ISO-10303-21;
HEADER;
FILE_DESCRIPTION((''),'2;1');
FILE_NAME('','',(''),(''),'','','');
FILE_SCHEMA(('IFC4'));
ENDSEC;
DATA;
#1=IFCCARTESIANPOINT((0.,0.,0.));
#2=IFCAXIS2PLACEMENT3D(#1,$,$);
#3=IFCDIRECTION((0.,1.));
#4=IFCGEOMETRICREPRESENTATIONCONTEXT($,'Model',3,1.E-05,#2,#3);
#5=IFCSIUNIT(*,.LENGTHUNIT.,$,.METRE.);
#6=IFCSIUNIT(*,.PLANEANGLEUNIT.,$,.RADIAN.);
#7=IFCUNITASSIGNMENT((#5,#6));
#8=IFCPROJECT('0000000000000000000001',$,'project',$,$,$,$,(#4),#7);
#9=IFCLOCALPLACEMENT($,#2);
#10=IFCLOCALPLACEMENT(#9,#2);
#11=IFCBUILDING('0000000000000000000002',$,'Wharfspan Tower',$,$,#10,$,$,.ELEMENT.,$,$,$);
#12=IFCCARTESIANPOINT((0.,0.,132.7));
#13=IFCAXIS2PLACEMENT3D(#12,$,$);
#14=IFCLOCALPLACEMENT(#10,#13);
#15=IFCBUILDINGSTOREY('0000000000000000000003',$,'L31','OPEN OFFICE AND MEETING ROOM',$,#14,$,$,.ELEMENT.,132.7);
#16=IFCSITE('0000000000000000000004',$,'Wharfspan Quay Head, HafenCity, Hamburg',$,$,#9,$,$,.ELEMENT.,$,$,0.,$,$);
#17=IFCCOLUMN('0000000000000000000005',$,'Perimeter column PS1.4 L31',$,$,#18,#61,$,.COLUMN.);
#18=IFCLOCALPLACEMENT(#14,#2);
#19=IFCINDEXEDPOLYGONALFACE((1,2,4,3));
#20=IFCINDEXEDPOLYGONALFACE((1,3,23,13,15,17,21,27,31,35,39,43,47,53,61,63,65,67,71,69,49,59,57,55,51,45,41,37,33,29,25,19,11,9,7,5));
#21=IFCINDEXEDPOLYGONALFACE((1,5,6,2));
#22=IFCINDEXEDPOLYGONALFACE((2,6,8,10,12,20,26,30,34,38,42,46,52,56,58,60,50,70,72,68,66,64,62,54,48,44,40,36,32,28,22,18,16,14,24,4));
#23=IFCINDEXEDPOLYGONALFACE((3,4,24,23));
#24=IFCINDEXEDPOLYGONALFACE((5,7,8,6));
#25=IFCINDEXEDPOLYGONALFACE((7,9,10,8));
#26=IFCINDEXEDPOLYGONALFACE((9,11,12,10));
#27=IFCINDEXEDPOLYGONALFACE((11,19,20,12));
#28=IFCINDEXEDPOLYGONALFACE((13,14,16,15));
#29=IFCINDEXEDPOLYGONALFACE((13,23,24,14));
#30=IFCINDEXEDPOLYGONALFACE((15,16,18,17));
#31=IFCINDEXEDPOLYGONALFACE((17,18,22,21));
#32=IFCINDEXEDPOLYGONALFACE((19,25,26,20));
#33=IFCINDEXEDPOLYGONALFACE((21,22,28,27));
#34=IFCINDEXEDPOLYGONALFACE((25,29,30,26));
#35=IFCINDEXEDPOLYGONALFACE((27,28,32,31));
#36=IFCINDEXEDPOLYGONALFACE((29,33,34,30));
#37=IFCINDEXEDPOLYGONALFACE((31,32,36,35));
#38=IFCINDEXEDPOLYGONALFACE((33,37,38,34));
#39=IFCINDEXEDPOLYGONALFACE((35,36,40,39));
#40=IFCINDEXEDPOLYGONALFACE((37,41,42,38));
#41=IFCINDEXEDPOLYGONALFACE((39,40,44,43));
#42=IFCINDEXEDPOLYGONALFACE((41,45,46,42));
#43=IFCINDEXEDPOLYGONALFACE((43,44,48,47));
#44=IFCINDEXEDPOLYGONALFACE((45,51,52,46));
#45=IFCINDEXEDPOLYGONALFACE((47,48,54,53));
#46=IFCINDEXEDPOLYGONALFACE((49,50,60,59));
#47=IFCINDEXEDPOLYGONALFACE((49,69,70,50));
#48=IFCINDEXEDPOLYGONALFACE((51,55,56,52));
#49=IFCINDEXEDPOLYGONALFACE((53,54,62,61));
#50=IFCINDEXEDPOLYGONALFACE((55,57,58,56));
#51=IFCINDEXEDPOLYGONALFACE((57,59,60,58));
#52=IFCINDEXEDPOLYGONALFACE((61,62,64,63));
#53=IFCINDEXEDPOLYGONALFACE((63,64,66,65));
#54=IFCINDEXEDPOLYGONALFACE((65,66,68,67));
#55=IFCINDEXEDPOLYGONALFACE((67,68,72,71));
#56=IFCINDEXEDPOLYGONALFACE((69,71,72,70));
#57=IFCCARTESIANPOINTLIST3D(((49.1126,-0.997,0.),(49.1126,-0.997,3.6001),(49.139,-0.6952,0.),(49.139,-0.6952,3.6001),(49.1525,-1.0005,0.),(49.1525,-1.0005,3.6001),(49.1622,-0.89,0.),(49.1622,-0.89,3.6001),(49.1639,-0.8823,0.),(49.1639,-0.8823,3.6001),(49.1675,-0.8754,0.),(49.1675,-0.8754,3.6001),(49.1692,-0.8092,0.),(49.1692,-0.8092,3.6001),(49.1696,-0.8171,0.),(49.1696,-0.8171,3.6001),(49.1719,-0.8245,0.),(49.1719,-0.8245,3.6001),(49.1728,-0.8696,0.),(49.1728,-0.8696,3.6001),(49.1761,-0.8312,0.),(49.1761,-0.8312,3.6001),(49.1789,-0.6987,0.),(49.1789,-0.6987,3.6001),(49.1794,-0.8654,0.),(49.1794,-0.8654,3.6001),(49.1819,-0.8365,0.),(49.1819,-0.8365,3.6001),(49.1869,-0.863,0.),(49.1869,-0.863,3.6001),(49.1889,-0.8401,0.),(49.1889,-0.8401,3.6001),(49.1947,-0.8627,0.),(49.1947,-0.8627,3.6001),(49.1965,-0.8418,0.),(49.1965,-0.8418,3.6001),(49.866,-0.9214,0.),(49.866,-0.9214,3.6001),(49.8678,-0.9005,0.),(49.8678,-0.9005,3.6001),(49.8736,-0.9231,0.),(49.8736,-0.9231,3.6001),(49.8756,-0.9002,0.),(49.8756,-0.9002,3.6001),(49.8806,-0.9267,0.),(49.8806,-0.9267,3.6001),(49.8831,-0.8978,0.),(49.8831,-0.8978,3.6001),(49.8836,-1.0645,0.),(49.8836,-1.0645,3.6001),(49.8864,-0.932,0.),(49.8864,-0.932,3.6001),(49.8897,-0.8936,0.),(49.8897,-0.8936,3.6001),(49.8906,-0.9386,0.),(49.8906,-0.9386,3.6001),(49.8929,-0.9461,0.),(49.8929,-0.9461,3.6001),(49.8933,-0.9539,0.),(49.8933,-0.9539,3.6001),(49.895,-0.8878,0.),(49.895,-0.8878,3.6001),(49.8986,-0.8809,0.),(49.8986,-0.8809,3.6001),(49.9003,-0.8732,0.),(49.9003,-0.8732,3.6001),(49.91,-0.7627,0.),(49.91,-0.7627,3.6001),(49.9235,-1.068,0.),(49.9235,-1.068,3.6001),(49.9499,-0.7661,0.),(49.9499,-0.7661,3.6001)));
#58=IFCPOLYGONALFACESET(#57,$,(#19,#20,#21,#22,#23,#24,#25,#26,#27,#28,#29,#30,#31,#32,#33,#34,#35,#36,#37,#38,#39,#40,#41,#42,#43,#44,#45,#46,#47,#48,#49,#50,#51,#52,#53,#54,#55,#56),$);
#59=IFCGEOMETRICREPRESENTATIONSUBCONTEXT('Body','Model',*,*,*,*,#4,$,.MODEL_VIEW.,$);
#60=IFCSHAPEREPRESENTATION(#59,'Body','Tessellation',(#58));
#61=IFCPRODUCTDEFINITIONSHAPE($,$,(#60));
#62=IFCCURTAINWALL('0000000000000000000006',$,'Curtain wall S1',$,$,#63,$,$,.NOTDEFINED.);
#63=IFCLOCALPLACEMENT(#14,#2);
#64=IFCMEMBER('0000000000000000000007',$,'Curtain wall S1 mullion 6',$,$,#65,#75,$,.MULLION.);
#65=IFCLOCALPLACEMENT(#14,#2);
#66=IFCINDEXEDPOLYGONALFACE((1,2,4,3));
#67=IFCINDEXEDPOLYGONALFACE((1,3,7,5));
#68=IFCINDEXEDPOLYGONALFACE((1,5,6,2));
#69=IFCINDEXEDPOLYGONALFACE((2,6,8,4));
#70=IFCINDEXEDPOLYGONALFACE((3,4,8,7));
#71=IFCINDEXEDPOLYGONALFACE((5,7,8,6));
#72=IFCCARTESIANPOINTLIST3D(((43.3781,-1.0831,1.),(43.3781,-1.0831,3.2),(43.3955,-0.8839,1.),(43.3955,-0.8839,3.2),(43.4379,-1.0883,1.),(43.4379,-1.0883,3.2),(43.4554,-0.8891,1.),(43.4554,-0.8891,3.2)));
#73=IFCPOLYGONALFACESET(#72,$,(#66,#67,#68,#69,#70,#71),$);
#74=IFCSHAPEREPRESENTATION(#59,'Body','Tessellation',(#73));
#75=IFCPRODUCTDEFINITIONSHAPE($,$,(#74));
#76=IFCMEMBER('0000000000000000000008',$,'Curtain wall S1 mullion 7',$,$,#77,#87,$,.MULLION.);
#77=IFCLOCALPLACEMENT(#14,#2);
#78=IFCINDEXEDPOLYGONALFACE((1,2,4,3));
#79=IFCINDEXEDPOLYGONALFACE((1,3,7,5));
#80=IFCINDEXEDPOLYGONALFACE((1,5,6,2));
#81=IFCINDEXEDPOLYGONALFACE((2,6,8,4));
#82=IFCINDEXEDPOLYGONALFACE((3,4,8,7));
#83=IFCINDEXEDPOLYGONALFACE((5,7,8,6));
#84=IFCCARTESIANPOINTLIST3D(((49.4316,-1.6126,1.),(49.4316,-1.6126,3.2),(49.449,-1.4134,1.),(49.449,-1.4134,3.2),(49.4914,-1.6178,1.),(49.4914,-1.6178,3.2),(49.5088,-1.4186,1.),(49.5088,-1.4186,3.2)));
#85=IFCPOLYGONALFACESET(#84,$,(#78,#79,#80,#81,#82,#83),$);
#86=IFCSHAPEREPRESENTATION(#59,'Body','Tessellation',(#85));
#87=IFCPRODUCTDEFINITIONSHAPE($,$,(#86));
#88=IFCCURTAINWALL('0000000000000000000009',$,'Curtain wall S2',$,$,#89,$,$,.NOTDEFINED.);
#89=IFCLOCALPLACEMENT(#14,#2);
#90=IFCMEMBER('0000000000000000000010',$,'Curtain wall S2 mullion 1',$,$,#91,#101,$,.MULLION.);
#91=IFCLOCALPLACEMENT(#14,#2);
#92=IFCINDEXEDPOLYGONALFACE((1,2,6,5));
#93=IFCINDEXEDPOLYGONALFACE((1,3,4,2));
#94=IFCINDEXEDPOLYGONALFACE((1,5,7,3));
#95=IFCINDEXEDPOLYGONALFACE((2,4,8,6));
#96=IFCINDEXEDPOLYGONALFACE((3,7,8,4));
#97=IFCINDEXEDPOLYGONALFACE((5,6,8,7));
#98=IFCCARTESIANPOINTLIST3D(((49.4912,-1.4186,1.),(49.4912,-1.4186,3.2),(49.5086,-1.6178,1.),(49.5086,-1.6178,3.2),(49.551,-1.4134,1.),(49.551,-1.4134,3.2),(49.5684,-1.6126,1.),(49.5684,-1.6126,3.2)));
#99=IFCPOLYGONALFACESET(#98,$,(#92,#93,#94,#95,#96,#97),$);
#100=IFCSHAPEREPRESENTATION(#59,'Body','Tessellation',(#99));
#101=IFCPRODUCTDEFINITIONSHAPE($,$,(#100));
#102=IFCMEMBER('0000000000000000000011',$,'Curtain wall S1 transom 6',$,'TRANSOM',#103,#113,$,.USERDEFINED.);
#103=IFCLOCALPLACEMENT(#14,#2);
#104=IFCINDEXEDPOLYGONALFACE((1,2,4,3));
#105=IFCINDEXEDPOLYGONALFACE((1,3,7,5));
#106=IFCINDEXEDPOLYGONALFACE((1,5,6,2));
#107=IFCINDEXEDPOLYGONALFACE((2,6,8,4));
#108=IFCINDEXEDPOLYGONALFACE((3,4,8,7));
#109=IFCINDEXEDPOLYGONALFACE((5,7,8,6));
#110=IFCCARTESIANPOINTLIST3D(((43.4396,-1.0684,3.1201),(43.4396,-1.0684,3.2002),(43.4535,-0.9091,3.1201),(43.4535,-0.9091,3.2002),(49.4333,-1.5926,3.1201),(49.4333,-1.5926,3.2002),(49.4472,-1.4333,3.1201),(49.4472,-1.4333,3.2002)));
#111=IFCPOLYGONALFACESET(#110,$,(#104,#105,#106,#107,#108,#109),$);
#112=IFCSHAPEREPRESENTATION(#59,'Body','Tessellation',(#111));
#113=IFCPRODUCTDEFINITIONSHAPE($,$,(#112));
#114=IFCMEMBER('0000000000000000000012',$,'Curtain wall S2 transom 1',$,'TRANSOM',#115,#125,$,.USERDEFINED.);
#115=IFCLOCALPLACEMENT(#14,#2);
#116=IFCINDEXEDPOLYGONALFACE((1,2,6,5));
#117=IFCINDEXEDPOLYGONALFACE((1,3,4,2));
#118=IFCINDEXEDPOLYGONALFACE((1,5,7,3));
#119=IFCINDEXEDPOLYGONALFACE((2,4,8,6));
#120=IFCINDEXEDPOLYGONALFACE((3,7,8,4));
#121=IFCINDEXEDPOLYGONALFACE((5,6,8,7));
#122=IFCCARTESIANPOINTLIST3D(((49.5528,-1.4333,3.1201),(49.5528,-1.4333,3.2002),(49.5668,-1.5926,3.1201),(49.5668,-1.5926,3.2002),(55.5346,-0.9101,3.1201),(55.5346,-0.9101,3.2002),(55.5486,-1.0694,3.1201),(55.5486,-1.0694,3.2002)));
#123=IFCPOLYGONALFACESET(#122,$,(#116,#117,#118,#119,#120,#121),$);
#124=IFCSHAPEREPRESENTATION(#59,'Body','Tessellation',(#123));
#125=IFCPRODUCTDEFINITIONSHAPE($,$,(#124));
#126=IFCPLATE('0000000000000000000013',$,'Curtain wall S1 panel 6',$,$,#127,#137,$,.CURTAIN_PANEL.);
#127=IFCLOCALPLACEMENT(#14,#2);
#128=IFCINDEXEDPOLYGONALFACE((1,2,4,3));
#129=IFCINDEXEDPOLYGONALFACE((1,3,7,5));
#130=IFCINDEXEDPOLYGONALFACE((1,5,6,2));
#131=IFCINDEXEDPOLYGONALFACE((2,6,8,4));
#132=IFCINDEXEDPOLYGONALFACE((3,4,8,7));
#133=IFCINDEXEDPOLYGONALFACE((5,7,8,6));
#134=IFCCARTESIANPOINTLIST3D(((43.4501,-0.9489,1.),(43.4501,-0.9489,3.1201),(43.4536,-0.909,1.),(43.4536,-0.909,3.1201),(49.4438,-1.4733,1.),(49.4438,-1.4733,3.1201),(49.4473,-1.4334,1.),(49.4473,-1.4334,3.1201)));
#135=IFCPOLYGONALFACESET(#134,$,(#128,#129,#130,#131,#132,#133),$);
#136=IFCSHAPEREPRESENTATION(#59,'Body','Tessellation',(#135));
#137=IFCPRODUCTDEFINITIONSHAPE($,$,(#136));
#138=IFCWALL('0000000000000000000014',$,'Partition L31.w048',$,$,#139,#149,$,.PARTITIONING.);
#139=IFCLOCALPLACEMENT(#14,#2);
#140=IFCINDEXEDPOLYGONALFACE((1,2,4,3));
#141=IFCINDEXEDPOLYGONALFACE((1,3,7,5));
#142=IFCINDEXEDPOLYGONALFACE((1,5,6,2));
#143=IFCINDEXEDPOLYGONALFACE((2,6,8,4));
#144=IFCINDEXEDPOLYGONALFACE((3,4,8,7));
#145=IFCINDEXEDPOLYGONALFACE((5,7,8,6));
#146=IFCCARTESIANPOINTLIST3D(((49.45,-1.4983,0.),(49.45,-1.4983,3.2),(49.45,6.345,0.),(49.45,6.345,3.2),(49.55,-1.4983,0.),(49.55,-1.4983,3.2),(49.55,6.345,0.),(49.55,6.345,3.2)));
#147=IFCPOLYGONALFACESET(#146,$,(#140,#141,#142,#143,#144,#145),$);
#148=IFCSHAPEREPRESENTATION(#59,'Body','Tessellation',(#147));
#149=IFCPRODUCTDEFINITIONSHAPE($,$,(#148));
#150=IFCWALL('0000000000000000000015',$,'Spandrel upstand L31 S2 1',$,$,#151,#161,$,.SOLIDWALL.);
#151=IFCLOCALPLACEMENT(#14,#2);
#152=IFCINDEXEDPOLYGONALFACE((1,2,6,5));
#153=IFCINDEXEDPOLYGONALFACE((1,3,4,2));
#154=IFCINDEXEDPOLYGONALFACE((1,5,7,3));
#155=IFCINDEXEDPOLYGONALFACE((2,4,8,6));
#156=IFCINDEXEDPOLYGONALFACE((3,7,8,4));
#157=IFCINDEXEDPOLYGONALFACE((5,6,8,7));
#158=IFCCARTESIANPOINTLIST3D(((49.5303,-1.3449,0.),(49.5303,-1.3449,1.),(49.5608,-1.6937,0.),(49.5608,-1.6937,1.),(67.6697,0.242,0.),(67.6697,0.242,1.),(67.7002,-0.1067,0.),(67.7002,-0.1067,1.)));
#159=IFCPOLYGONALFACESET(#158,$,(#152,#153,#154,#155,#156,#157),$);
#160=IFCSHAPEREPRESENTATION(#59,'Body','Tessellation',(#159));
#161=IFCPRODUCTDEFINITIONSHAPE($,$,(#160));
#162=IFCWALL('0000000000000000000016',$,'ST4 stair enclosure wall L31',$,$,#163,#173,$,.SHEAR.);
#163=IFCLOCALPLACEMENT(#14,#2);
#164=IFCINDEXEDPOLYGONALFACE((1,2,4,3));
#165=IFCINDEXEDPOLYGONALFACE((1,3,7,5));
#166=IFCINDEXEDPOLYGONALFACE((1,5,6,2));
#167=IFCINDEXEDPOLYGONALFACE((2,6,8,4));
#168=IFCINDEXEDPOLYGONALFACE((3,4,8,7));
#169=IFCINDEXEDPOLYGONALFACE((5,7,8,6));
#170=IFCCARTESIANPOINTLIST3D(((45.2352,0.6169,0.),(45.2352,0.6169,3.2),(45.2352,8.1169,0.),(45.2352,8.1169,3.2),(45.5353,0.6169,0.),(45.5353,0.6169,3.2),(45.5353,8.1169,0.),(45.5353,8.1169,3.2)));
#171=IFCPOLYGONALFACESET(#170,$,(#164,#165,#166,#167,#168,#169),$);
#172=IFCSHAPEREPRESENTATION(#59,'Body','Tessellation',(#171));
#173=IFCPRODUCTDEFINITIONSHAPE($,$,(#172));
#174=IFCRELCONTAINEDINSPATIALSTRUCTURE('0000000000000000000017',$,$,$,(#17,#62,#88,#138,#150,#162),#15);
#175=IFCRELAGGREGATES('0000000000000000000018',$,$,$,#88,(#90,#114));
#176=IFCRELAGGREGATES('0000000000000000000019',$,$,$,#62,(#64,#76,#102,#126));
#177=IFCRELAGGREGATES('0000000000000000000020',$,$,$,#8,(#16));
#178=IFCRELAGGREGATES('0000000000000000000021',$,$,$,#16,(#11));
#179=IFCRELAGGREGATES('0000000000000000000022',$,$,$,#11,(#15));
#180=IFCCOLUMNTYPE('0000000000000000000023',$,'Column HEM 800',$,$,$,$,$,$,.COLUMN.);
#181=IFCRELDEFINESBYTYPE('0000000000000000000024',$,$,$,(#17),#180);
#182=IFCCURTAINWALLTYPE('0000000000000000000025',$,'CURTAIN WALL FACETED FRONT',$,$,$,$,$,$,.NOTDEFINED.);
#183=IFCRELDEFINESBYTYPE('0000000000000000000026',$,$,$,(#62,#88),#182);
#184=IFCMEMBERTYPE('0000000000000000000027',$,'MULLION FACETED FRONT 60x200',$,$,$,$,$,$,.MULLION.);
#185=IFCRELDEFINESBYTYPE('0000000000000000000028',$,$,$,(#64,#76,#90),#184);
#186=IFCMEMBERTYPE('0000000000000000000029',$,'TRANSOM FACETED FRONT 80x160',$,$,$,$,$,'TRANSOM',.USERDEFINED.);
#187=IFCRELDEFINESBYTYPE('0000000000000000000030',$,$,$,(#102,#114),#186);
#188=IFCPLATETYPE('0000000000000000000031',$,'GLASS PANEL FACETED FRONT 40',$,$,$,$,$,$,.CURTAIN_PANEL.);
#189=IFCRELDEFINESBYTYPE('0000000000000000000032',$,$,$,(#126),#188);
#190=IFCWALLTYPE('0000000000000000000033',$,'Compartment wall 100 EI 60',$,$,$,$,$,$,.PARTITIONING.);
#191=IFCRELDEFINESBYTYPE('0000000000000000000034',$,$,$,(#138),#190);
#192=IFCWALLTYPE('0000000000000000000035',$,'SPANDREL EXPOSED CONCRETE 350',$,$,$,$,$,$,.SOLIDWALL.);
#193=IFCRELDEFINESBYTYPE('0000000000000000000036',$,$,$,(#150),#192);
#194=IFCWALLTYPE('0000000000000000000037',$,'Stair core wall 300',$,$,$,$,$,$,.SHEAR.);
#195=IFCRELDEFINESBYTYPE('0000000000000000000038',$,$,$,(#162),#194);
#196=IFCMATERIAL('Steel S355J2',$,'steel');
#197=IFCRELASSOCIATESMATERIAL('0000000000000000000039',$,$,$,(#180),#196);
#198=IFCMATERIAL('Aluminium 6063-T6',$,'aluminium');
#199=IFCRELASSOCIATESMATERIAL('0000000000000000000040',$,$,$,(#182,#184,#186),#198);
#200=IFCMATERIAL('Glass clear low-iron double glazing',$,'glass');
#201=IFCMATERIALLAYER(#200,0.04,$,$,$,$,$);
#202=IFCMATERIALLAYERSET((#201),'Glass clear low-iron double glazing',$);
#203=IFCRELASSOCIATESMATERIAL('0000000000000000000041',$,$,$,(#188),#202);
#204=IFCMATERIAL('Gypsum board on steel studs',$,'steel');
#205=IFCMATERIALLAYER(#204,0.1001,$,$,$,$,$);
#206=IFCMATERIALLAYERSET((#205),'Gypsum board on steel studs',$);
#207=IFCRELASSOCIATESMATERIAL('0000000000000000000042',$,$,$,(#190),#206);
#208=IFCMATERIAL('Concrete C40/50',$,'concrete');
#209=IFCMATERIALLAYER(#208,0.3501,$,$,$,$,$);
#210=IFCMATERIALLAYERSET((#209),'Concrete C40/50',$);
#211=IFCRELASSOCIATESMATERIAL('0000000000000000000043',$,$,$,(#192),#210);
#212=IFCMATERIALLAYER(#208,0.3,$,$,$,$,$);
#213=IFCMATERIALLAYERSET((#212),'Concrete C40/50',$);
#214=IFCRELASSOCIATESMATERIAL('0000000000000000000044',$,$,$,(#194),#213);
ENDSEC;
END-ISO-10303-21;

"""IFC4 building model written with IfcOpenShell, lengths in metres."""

from ifc_helpers import new_model, si_unit, direction, frame, frame_2d, origin, origin_2d, place, context, subcontext, project, spatial, rectangle, i_section, extrude, material, layer, layer_set, material_profile, profile_set, type_object, element, aggregate, save


model = new_model("IFC4")

# Units and contexts
model_context = context("Model", 3, precision=1e-05, world=origin(), true_north=direction((0.0, 1.0)))
body_context = subcontext(model_context, "Body", "Model", "MODEL_VIEW")
ifc_project = project(units=[si_unit("LENGTHUNIT", "METRE"), si_unit("PLANEANGLEUNIT", "RADIAN")], contexts=[model_context])

# Site, building, storey
site_placement = place(None, origin())
site = spatial("IfcSite", under=ifc_project, at=site_placement, Name="Wharfspan Quay Head, HafenCity, Hamburg", CompositionType="ELEMENT", RefElevation=0.0)
building_placement = place(site_placement, origin())
building = spatial("IfcBuilding", under=site, at=building_placement, Name="Wharfspan Tower", CompositionType="ELEMENT")
storey_placement = place(building_placement, frame((0.0, 0.0, 132.7)))
storey = spatial("IfcBuildingStorey", under=building, at=storey_placement, Name="L31", Description="OPEN OFFICE AND MEETING ROOM", CompositionType="ELEMENT", Elevation=132.7)

# Column
ifc_material_1 = material(Name="Steel S355J2", Category="steel")
ifc_material_profile_1 = material_profile(ifc_material_1, i_section(OverallWidth=0.303, OverallDepth=0.814, WebThickness=0.021, FlangeThickness=0.04, FilletRadius=0.03, at=origin_2d()))
ifc_profile_set_1 = profile_set([ifc_material_profile_1], Name="Steel S355J2")
column_type = type_object("IfcColumnType", Name="Column HEM 800", PredefinedType="COLUMN", material=ifc_profile_set_1)
column_placement = place(storey_placement, frame((49.5312, -0.8816, 0.0), z_axis=(0.0, 0.0, 1.0), x_axis=(-0.087156, -0.996198, 0.0)))
element("IfcColumn", 1, at=column_placement, inside=storey, type_object=column_type, Name="Perimeter column PS1.4 L31", PredefinedType="COLUMN", context=body_context, shape_type="SweptSolid", body=[
    extrude(i_section(OverallWidth=0.303, OverallDepth=0.814, WebThickness=0.021, FlangeThickness=0.04, FilletRadius=0.03, at=origin_2d()), origin(), (0.0, 0.0, 1.0), 3.6001),
])

# Curtain wall, members
ifc_material_2 = material(Name="Aluminium 6063-T6", Category="aluminium")
curtain_wall_type = type_object("IfcCurtainWallType", Name="CURTAIN WALL FACETED FRONT", PredefinedType="NOTDEFINED", material=ifc_material_2)
curtain_wall_1_placement = place(storey_placement, origin())
curtain_wall_1 = element("IfcCurtainWall", 2, at=curtain_wall_1_placement, inside=storey, type_object=curtain_wall_type, Name="Curtain wall S1", PredefinedType="NOTDEFINED")
ifc_material_profile_2 = material_profile(ifc_material_2, rectangle(XDim=0.2, YDim=0.0601, at=origin_2d()))
ifc_profile_set_2 = profile_set([ifc_material_profile_2], Name="Aluminium 6063-T6")
member_type_1 = type_object("IfcMemberType", Name="MULLION FACETED FRONT 60x200", PredefinedType="MULLION", material=ifc_profile_set_2)
member_1_placement = place(storey_placement, frame((43.4167, -0.9861, 1.0), z_axis=(0.0, 0.0, 1.0), x_axis=(0.087156, 0.996198, 0.0)))
member_1 = element("IfcMember", 3, at=member_1_placement, type_object=member_type_1, Name="Curtain wall S1 mullion 6", PredefinedType="MULLION", context=body_context, shape_type="SweptSolid", body=[
    extrude(rectangle(XDim=0.2, YDim=0.0601, at=origin_2d()), origin(), (0.0, 0.0, 1.0), 2.2),
])
member_2_placement = place(storey_placement, frame((49.4702, -1.5156, 1.0), z_axis=(0.0, 0.0, 1.0), x_axis=(0.087156, 0.996198, 0.0)))
member_2 = element("IfcMember", 4, at=member_2_placement, type_object=member_type_1, Name="Curtain wall S1 mullion 7", PredefinedType="MULLION", context=body_context, shape_type="SweptSolid", body=[
    extrude(rectangle(XDim=0.2, YDim=0.0601, at=origin_2d()), origin(), (0.0, 0.0, 1.0), 2.2),
])

# Curtain wall, member
curtain_wall_2_placement = place(storey_placement, origin())
curtain_wall_2 = element("IfcCurtainWall", 5, at=curtain_wall_2_placement, inside=storey, type_object=curtain_wall_type, Name="Curtain wall S2", PredefinedType="NOTDEFINED")
member_3_placement = place(storey_placement, frame((49.5298, -1.5156, 1.0), z_axis=(0.0, 0.0, 1.0), x_axis=(-0.087156, 0.996198, 0.0)))
member_3 = element("IfcMember", 6, at=member_3_placement, type_object=member_type_1, Name="Curtain wall S2 mullion 1", PredefinedType="MULLION", context=body_context, shape_type="SweptSolid", body=[
    extrude(rectangle(XDim=0.2, YDim=0.0601, at=origin_2d()), origin(), (0.0, 0.0, 1.0), 2.2),
])

# Members
ifc_material_profile_3 = material_profile(ifc_material_2, rectangle(XDim=0.1599, YDim=0.0801, at=origin_2d()))
ifc_profile_set_3 = profile_set([ifc_material_profile_3], Name="Aluminium 6063-T6")
member_type_2 = type_object("IfcMemberType", Name="TRANSOM FACETED FRONT 80x160", ElementType="TRANSOM", PredefinedType="USERDEFINED", material=ifc_profile_set_3)
member_4_placement = place(storey_placement, frame((43.4465, -0.9888, 3.1602), z_axis=(0.996198, -0.087122, 0.0), x_axis=(0.087122, 0.996198, 0.0)))
member_4 = element("IfcMember", 7, at=member_4_placement, type_object=member_type_2, Name="Curtain wall S1 transom 6", ObjectType="TRANSOM", PredefinedType="USERDEFINED", context=body_context, shape_type="SweptSolid", body=[
    extrude(rectangle(XDim=0.1599, YDim=0.0801, at=origin_2d()), origin(), (0.0, 0.0, 1.0), 6.0166),
])
member_5_placement = place(storey_placement, frame((49.5598, -1.5129, 3.1602), z_axis=(0.996197, 0.087133, 0.0), x_axis=(-0.087133, 0.996197, 0.0)))
member_5 = element("IfcMember", 8, at=member_5_placement, type_object=member_type_2, Name="Curtain wall S2 transom 1", ObjectType="TRANSOM", PredefinedType="USERDEFINED", context=body_context, shape_type="SweptSolid", body=[
    extrude(rectangle(XDim=0.1599, YDim=0.0801, at=origin_2d()), origin(), (0.0, 0.0, 1.0), 6.0046),
])
aggregate(curtain_wall_2, [member_3, member_5])

# Plate
ifc_material_3 = material(Name="Glass clear low-iron double glazing", Category="glass")
ifc_layer_1 = layer(ifc_material_3, 0.04)
ifc_layer_set_1 = layer_set([ifc_layer_1], Name="Glass clear low-iron double glazing")
plate_type = type_object("IfcPlateType", Name="GLASS PANEL FACETED FRONT 40", PredefinedType="CURTAIN_PANEL", material=ifc_layer_set_1)
plate_placement = place(storey_placement, frame((46.4487, -1.1912, 1.0), z_axis=(0.0, 0.0, 1.0), x_axis=(0.996198, -0.087156, 0.0)))
plate = element("IfcPlate", 9, at=plate_placement, type_object=plate_type, Name="Curtain wall S1 panel 6", PredefinedType="CURTAIN_PANEL", context=body_context, shape_type="SweptSolid", body=[
    extrude(rectangle(XDim=6.0166, YDim=0.04, at=origin_2d()), origin(), (0.0, 0.0, 1.0), 2.1201),
])
aggregate(curtain_wall_1, [member_1, member_2, member_4, plate])

# Walls
ifc_material_4 = material(Name="Gypsum board on steel studs", Category="steel")
ifc_layer_2 = layer(ifc_material_4, 0.1001)
ifc_layer_set_2 = layer_set([ifc_layer_2], Name="Gypsum board on steel studs")
wall_type_1 = type_object("IfcWallType", Name="Compartment wall 100 EI 60", PredefinedType="PARTITIONING", material=ifc_layer_set_2)
wall_1_placement = place(storey_placement, frame((49.5, -1.4983, 0.0), z_axis=(0.0, 0.0, 1.0), x_axis=(0.0, 1.0, 0.0)))
element("IfcWall", 10, at=wall_1_placement, inside=storey, type_object=wall_type_1, Name="Partition L31.w048", PredefinedType="PARTITIONING", context=body_context, shape_type="SweptSolid", body=[
    extrude(rectangle(XDim=7.8433, YDim=0.1001, at=frame_2d((3.9216, 0.0))), origin(), (0.0, 0.0, 1.0), 3.2),
])
ifc_material_5 = material(Name="Concrete C40/50", Category="concrete")
ifc_layer_3 = layer(ifc_material_5, 0.3501)
ifc_layer_set_3 = layer_set([ifc_layer_3], Name="Concrete C40/50")
wall_type_2 = type_object("IfcWallType", Name="SPANDREL EXPOSED CONCRETE 350", PredefinedType="SOLIDWALL", material=ifc_layer_set_3)
wall_2_placement = place(storey_placement, frame((49.5454, -1.5193, 0.0), z_axis=(0.0, 0.0, 1.0), x_axis=(0.996191, 0.087151, 0.0)))
element("IfcWall", 11, at=wall_2_placement, inside=storey, type_object=wall_type_2, Name="Spandrel upstand L31 S2 1", PredefinedType="SOLIDWALL", context=body_context, shape_type="SweptSolid", body=[
    extrude(rectangle(XDim=18.2087, YDim=0.3501, at=frame_2d((9.1045, 0.0))), origin(), (0.0, 0.0, 1.0), 1.0),
])
ifc_layer_4 = layer(ifc_material_5, 0.3)
ifc_layer_set_4 = layer_set([ifc_layer_4], Name="Concrete C40/50")
wall_type_3 = type_object("IfcWallType", Name="Stair core wall 300", PredefinedType="SHEAR", material=ifc_layer_set_4)
wall_3_placement = place(storey_placement, frame((45.3853, 0.6169, 0.0), z_axis=(0.0, 0.0, 1.0), x_axis=(0.0, 1.0, 0.0)))
element("IfcWall", 12, at=wall_3_placement, inside=storey, type_object=wall_type_3, Name="ST4 stair enclosure wall L31", PredefinedType="SHEAR", context=body_context, shape_type="SweptSolid", body=[
    extrude(rectangle(XDim=7.5, YDim=0.3, at=frame_2d((3.75, 0.0))), origin(), (0.0, 0.0, 1.0), 3.2),
])

save(model, "model.ifc")
